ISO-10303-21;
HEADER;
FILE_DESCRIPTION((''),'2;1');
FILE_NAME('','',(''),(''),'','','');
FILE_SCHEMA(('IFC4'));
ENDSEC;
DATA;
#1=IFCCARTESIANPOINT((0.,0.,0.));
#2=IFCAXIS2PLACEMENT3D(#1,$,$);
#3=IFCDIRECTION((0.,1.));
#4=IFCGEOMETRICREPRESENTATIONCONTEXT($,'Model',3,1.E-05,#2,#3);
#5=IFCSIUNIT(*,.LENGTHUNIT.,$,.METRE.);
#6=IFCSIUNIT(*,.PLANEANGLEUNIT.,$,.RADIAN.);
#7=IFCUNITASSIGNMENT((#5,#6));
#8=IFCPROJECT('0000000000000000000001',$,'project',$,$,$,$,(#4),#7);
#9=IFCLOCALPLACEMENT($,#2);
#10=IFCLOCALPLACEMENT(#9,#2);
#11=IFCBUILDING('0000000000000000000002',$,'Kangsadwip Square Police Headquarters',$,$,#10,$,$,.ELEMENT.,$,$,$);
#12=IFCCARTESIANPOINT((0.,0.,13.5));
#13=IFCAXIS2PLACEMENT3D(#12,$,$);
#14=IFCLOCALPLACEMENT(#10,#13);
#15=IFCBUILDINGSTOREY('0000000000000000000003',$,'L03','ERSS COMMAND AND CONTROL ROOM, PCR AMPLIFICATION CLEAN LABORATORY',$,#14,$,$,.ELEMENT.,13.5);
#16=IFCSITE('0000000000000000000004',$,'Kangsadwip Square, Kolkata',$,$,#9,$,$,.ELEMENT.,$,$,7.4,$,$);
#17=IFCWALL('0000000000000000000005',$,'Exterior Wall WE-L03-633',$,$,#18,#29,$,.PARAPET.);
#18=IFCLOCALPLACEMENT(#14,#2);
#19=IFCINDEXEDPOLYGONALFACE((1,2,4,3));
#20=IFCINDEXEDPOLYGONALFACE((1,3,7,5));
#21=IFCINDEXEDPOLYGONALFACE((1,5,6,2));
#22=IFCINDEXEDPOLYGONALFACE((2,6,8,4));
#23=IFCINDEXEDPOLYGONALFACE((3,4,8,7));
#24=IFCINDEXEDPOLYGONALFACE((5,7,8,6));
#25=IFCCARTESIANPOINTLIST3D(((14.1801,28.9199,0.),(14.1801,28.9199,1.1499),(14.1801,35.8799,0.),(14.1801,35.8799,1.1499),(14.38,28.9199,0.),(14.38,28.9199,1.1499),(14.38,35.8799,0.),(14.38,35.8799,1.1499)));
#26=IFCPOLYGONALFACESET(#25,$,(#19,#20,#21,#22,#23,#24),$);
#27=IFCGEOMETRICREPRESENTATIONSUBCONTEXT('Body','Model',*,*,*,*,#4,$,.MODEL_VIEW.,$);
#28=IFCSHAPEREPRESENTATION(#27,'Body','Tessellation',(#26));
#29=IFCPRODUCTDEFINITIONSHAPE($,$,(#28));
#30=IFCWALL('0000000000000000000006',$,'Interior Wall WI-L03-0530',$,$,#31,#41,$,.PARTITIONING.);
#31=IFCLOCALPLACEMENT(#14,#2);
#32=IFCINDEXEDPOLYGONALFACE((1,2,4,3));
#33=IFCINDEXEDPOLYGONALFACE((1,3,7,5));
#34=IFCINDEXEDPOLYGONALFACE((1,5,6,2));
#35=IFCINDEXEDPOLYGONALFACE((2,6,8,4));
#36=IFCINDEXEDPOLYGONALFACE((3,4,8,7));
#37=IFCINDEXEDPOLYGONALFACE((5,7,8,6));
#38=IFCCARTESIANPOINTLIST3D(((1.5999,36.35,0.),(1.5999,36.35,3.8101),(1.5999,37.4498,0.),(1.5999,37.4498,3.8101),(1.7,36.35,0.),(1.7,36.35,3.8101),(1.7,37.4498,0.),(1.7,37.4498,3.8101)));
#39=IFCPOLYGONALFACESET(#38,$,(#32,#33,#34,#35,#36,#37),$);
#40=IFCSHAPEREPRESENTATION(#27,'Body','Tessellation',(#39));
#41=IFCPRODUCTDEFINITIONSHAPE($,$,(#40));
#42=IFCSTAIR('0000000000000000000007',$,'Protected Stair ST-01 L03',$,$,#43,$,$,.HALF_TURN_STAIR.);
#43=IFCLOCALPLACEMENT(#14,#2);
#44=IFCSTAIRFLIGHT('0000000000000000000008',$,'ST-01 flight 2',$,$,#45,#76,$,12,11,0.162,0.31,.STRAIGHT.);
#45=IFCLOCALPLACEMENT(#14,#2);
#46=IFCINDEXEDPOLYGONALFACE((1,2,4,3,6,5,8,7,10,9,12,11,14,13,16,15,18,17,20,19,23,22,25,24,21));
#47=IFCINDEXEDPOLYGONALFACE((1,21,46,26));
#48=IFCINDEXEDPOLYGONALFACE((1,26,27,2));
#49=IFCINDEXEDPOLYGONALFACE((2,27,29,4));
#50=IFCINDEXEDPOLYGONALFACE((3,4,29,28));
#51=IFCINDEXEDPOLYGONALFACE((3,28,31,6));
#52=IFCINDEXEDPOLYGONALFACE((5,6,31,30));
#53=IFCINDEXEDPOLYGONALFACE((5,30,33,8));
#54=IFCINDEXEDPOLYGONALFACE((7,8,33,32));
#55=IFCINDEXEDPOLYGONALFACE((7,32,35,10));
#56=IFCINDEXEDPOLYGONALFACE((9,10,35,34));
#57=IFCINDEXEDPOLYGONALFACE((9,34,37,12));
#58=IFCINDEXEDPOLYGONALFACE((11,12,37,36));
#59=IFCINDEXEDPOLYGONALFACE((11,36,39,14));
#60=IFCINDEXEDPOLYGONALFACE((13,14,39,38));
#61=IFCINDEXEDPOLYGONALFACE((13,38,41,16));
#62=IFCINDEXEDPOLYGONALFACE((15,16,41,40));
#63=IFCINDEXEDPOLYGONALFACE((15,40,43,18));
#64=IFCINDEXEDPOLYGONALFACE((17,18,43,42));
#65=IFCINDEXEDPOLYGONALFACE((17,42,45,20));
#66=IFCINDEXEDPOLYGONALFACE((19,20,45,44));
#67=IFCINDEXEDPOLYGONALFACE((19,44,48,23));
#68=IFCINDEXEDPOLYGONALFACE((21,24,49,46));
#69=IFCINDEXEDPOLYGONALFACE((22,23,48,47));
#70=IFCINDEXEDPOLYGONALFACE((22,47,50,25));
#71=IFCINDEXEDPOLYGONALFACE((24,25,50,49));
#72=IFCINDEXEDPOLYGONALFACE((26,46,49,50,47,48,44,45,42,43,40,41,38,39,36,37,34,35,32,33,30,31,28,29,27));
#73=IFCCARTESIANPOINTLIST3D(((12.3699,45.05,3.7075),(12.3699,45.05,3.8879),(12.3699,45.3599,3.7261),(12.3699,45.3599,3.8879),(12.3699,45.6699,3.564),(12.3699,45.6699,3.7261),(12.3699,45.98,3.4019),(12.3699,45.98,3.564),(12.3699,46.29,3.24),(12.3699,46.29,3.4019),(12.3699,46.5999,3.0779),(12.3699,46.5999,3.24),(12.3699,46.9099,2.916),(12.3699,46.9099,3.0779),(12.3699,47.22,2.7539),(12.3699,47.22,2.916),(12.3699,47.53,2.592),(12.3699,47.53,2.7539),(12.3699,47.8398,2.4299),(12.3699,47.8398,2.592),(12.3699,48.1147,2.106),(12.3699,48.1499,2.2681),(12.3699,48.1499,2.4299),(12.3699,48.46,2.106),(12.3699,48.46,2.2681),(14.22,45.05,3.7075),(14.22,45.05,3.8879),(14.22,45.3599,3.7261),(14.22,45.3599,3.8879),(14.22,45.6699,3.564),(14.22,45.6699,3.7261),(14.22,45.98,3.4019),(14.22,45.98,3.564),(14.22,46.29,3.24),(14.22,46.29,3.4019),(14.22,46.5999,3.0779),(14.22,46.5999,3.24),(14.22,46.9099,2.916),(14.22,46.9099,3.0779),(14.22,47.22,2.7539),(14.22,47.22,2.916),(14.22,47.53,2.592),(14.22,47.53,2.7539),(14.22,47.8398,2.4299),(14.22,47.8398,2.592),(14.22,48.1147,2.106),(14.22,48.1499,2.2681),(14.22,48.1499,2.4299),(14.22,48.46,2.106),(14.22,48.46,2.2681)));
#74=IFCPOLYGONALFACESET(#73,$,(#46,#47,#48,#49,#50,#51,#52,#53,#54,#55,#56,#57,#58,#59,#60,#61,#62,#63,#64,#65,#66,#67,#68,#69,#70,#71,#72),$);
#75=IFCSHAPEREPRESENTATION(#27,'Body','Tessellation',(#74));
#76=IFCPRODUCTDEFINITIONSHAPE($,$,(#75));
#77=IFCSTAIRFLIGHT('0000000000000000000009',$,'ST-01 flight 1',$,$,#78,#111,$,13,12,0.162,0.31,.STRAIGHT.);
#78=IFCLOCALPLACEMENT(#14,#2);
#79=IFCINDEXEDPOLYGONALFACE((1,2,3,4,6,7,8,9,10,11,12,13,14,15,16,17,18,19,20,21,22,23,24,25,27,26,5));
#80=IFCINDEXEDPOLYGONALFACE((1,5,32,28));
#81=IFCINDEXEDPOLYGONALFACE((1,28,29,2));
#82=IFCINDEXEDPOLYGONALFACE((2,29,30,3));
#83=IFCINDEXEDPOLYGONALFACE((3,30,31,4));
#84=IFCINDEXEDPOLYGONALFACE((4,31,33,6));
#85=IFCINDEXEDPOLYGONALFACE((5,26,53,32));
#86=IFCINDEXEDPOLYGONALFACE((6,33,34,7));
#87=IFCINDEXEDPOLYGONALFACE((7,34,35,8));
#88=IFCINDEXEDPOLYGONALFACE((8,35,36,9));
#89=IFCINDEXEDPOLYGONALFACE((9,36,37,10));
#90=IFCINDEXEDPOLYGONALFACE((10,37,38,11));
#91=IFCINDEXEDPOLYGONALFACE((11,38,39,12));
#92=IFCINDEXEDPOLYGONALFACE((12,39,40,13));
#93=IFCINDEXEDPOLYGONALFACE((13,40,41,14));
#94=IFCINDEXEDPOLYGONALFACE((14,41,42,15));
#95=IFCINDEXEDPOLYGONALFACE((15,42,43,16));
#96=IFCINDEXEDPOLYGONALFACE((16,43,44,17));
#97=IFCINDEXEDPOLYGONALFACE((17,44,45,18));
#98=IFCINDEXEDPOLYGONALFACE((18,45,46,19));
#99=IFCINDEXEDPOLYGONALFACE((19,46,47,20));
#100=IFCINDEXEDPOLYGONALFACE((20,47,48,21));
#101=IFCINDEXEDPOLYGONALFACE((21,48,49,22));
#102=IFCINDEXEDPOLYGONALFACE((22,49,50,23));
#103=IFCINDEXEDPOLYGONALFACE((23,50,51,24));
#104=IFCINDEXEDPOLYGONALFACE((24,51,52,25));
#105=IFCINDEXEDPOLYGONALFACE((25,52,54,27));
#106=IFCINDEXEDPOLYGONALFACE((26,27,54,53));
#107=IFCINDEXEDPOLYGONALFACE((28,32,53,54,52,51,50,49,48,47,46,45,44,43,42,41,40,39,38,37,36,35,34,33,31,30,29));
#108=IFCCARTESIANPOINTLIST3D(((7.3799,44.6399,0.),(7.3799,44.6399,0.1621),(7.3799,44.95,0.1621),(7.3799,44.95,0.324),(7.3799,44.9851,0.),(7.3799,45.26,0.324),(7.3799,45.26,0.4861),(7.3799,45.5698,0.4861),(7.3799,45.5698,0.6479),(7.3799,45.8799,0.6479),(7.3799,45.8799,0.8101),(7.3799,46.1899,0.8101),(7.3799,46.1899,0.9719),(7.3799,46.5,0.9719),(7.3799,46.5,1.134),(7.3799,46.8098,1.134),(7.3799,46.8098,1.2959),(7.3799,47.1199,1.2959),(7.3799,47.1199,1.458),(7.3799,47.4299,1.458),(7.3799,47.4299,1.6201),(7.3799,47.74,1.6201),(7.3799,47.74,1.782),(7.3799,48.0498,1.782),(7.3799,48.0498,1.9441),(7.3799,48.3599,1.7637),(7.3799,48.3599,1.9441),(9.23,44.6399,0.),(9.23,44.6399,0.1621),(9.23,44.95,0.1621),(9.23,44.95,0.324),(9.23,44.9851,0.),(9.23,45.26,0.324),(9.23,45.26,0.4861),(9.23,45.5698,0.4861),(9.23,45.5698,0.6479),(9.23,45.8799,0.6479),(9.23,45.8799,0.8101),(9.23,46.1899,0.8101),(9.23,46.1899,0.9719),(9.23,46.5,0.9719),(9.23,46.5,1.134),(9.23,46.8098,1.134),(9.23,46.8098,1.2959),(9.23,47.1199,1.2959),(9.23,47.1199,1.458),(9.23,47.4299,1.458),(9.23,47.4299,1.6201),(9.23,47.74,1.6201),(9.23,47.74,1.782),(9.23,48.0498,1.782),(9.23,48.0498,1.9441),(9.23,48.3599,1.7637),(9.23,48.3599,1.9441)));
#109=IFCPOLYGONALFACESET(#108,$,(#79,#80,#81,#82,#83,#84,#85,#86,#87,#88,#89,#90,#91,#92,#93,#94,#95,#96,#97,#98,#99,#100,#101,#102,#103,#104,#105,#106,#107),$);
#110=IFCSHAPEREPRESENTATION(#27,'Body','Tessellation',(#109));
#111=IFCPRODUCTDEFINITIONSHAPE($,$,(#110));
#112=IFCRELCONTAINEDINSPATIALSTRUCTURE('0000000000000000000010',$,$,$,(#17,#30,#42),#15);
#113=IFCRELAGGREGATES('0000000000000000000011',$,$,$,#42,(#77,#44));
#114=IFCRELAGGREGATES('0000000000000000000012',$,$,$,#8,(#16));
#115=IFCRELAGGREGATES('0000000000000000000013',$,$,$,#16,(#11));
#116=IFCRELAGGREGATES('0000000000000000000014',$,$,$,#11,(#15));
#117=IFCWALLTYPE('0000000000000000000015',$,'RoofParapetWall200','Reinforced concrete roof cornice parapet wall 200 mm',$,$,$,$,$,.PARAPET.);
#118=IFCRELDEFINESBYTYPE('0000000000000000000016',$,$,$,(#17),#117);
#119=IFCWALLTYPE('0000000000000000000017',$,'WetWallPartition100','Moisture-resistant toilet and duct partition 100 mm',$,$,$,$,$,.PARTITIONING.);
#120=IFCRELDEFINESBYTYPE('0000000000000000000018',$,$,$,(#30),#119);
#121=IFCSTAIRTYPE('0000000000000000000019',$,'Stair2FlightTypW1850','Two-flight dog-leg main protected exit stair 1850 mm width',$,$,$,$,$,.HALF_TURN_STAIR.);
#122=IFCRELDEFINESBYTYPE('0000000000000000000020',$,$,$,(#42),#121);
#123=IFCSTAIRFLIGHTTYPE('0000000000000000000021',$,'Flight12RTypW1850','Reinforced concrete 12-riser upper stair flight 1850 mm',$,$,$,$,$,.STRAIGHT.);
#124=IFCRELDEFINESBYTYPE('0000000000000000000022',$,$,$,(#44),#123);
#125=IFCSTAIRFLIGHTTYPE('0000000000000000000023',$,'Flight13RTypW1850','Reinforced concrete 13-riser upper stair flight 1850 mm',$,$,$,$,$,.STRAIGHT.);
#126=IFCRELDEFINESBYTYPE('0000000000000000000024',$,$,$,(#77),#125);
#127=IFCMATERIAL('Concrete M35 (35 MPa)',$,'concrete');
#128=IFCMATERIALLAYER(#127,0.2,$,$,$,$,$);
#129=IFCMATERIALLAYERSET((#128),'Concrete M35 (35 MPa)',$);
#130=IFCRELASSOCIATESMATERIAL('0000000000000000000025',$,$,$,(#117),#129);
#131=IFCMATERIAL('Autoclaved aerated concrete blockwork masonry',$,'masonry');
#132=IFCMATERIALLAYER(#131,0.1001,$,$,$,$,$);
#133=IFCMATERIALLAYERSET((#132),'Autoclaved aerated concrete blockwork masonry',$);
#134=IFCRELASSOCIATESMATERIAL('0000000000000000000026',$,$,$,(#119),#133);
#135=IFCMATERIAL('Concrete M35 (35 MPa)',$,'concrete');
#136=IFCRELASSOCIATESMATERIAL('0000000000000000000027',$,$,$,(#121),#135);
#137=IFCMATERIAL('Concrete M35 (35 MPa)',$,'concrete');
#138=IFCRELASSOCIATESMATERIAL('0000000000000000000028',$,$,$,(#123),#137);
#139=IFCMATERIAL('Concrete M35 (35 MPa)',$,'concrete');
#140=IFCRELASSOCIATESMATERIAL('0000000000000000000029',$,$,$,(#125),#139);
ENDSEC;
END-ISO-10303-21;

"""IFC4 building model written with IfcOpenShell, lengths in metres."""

from ifc_helpers import new_model, si_unit, direction, frame, frame_2d, origin, place, context, subcontext, project, spatial, polyline, rectangle, outline, extrude, material, layer, layer_set, type_object, element, aggregate, save


model = new_model("IFC4")

# Units and contexts
model_context = context("Model", 3, precision=1e-05, world=origin(), true_north=direction((0.0, 1.0)))
body_context = subcontext(model_context, "Body", "Model", "MODEL_VIEW")
ifc_project = project(units=[si_unit("LENGTHUNIT", "METRE"), si_unit("PLANEANGLEUNIT", "RADIAN")], contexts=[model_context])

# Site, building, storey
site_placement = place(None, origin())
site = spatial("IfcSite", under=ifc_project, at=site_placement, Name="Kangsadwip Square, Kolkata", CompositionType="ELEMENT", RefElevation=7.4)
building_placement = place(site_placement, origin())
building = spatial("IfcBuilding", under=site, at=building_placement, Name="Kangsadwip Square Police Headquarters", CompositionType="ELEMENT")
storey_placement = place(building_placement, frame((0.0, 0.0, 13.5)))
storey = spatial("IfcBuildingStorey", under=building, at=storey_placement, Name="L03", Description="ERSS COMMAND AND CONTROL ROOM, PCR AMPLIFICATION CLEAN LABORATORY", CompositionType="ELEMENT", Elevation=13.5)

# Walls
ifc_material_1 = material(Name="Concrete M35 (35 MPa)", Category="concrete")
ifc_layer_1 = layer(ifc_material_1, 0.2)
ifc_layer_set_1 = layer_set([ifc_layer_1], Name="Concrete M35 (35 MPa)")
wall_type_1 = type_object("IfcWallType", Name="RoofParapetWall200", Description="Reinforced concrete roof cornice parapet wall 200 mm", PredefinedType="PARAPET", material=ifc_layer_set_1)
for number, where, z_axis, x_axis, name in (
    (1, (14.28, 28.9199, 0.0), (0.0, 0.0, 1.0), (0.0, 1.0, 0.0), "Exterior Wall WE-L03-633"),
):
    element("IfcWall", number, at=place(storey_placement, frame(where, z_axis=z_axis, x_axis=x_axis)), inside=storey, type_object=wall_type_1, Name=name, PredefinedType="PARAPET", context=body_context, shape_type="SweptSolid", body=[
        extrude(rectangle(XDim=6.96, YDim=0.2, at=frame_2d((3.48, 0.0))), origin(), (0.0, 0.0, 1.0), 1.1499),
    ])
ifc_material_2 = material(Name="Autoclaved aerated concrete blockwork masonry", Category="masonry")
ifc_layer_2 = layer(ifc_material_2, 0.1001)
ifc_layer_set_2 = layer_set([ifc_layer_2], Name="Autoclaved aerated concrete blockwork masonry")
wall_type_2 = type_object("IfcWallType", Name="WetWallPartition100", Description="Moisture-resistant toilet and duct partition 100 mm", PredefinedType="PARTITIONING", material=ifc_layer_set_2)
wall_1_placement = place(storey_placement, frame((1.6499, 36.3501, 0.0), z_axis=(0.0, 0.0, 1.0), x_axis=(0.0, 1.0, 0.0)))
element("IfcWall", 2, at=wall_1_placement, inside=storey, type_object=wall_type_2, Name="Interior Wall WI-L03-0530", PredefinedType="PARTITIONING", context=body_context, shape_type="SweptSolid", body=[
    extrude(rectangle(XDim=1.0999, YDim=0.1001, at=frame_2d((0.5498, 0.0))), origin(), (0.0, 0.0, 1.0), 3.8101),
])

# Stair, stair flights
ifc_material_3 = material(Name="Concrete M35 (35 MPa)", Category="concrete")
stair_type = type_object("IfcStairType", Name="Stair2FlightTypW1850", Description="Two-flight dog-leg main protected exit stair 1850 mm width", PredefinedType="HALF_TURN_STAIR", material=ifc_material_3)
stair_placement = place(storey_placement, origin())
stair = element("IfcStair", 3, at=stair_placement, inside=storey, type_object=stair_type, Name="Protected Stair ST-01 L03", PredefinedType="HALF_TURN_STAIR")
ifc_material_4 = material(Name="Concrete M35 (35 MPa)", Category="concrete")
stair_flight_type_1 = type_object("IfcStairFlightType", Name="Flight12RTypW1850", Description="Reinforced concrete 12-riser upper stair flight 1850 mm", PredefinedType="STRAIGHT", material=ifc_material_4)
stair_flight_1_placement = place(storey_placement, frame((13.2949, 48.46, 2.106), z_axis=(0.0, 0.0, 1.0), x_axis=(0.0, -1.0, 0.0)))
stair_flight_1 = element("IfcStairFlight", 4, at=stair_flight_1_placement, type_object=stair_flight_type_1, Name="ST-01 flight 2", NumberOfRisers=12, NumberOfTreads=11, PredefinedType="STRAIGHT", RiserHeight=0.162, TreadLength=0.31, context=body_context, shape_type="SweptSolid", body=[
    extrude(outline(polyline([(0.0, 0.0), (0.0, 0.1621), (0.3101, 0.1621), (0.3101, 0.324), (0.6201, 0.324), (0.6201, 0.4861), (0.9299, 0.4861), (0.9299, 0.6479), (1.24, 0.6479), (1.24, 0.8101), (1.55, 0.8101), (1.55, 0.9719), (1.8601, 0.9719), (1.8601, 1.134), (2.1699, 1.134), (2.1699, 1.2959), (2.48, 1.2959), (2.48, 1.458), (2.79, 1.458), (2.79, 1.6201), (3.1001, 1.6201), (3.1001, 1.782), (3.4099, 1.782), (3.4099, 1.9441), (3.4099, 1.6016), (0.3452, 0.0), (0.0, 0.0)])), frame((0.0, 0.925, 0.0), z_axis=(0.0, -1.0, 0.0), x_axis=(1.0, 0.0, 0.0)), (0.0, 0.0, 1.0), 1.8501),
])
ifc_material_5 = material(Name="Concrete M35 (35 MPa)", Category="concrete")
stair_flight_type_2 = type_object("IfcStairFlightType", Name="Flight13RTypW1850", Description="Reinforced concrete 13-riser upper stair flight 1850 mm", PredefinedType="STRAIGHT", material=ifc_material_5)
stair_flight_2_placement = place(storey_placement, frame((8.3049, 44.6399, 0.0), z_axis=(0.0, 0.0, 1.0), x_axis=(0.0, 1.0, 0.0)))
stair_flight_2 = element("IfcStairFlight", 5, at=stair_flight_2_placement, type_object=stair_flight_type_2, Name="ST-01 flight 1", NumberOfRisers=13, NumberOfTreads=12, PredefinedType="STRAIGHT", RiserHeight=0.162, TreadLength=0.31, context=body_context, shape_type="SweptSolid", body=[
    extrude(outline(polyline([(0.0, 0.0), (0.0, 0.1621), (0.3101, 0.1621), (0.3101, 0.324), (0.6201, 0.324), (0.6201, 0.4861), (0.9299, 0.4861), (0.9299, 0.6479), (1.24, 0.6479), (1.24, 0.8101), (1.55, 0.8101), (1.55, 0.9719), (1.8601, 0.9719), (1.8601, 1.134), (2.1699, 1.134), (2.1699, 1.2959), (2.48, 1.2959), (2.48, 1.458), (2.79, 1.458), (2.79, 1.6201), (3.1001, 1.6201), (3.1001, 1.782), (3.4099, 1.782), (3.4099, 1.9441), (3.72, 1.9441), (3.72, 2.106), (3.72, 1.7637), (0.3452, 0.0), (0.0, 0.0)])), frame((0.0, 0.925, 0.0), z_axis=(0.0, -1.0, 0.0), x_axis=(1.0, 0.0, 0.0)), (0.0, 0.0, 1.0), 1.8501),
])
aggregate(stair, [stair_flight_2, stair_flight_1])

save(model, "model.ifc")
